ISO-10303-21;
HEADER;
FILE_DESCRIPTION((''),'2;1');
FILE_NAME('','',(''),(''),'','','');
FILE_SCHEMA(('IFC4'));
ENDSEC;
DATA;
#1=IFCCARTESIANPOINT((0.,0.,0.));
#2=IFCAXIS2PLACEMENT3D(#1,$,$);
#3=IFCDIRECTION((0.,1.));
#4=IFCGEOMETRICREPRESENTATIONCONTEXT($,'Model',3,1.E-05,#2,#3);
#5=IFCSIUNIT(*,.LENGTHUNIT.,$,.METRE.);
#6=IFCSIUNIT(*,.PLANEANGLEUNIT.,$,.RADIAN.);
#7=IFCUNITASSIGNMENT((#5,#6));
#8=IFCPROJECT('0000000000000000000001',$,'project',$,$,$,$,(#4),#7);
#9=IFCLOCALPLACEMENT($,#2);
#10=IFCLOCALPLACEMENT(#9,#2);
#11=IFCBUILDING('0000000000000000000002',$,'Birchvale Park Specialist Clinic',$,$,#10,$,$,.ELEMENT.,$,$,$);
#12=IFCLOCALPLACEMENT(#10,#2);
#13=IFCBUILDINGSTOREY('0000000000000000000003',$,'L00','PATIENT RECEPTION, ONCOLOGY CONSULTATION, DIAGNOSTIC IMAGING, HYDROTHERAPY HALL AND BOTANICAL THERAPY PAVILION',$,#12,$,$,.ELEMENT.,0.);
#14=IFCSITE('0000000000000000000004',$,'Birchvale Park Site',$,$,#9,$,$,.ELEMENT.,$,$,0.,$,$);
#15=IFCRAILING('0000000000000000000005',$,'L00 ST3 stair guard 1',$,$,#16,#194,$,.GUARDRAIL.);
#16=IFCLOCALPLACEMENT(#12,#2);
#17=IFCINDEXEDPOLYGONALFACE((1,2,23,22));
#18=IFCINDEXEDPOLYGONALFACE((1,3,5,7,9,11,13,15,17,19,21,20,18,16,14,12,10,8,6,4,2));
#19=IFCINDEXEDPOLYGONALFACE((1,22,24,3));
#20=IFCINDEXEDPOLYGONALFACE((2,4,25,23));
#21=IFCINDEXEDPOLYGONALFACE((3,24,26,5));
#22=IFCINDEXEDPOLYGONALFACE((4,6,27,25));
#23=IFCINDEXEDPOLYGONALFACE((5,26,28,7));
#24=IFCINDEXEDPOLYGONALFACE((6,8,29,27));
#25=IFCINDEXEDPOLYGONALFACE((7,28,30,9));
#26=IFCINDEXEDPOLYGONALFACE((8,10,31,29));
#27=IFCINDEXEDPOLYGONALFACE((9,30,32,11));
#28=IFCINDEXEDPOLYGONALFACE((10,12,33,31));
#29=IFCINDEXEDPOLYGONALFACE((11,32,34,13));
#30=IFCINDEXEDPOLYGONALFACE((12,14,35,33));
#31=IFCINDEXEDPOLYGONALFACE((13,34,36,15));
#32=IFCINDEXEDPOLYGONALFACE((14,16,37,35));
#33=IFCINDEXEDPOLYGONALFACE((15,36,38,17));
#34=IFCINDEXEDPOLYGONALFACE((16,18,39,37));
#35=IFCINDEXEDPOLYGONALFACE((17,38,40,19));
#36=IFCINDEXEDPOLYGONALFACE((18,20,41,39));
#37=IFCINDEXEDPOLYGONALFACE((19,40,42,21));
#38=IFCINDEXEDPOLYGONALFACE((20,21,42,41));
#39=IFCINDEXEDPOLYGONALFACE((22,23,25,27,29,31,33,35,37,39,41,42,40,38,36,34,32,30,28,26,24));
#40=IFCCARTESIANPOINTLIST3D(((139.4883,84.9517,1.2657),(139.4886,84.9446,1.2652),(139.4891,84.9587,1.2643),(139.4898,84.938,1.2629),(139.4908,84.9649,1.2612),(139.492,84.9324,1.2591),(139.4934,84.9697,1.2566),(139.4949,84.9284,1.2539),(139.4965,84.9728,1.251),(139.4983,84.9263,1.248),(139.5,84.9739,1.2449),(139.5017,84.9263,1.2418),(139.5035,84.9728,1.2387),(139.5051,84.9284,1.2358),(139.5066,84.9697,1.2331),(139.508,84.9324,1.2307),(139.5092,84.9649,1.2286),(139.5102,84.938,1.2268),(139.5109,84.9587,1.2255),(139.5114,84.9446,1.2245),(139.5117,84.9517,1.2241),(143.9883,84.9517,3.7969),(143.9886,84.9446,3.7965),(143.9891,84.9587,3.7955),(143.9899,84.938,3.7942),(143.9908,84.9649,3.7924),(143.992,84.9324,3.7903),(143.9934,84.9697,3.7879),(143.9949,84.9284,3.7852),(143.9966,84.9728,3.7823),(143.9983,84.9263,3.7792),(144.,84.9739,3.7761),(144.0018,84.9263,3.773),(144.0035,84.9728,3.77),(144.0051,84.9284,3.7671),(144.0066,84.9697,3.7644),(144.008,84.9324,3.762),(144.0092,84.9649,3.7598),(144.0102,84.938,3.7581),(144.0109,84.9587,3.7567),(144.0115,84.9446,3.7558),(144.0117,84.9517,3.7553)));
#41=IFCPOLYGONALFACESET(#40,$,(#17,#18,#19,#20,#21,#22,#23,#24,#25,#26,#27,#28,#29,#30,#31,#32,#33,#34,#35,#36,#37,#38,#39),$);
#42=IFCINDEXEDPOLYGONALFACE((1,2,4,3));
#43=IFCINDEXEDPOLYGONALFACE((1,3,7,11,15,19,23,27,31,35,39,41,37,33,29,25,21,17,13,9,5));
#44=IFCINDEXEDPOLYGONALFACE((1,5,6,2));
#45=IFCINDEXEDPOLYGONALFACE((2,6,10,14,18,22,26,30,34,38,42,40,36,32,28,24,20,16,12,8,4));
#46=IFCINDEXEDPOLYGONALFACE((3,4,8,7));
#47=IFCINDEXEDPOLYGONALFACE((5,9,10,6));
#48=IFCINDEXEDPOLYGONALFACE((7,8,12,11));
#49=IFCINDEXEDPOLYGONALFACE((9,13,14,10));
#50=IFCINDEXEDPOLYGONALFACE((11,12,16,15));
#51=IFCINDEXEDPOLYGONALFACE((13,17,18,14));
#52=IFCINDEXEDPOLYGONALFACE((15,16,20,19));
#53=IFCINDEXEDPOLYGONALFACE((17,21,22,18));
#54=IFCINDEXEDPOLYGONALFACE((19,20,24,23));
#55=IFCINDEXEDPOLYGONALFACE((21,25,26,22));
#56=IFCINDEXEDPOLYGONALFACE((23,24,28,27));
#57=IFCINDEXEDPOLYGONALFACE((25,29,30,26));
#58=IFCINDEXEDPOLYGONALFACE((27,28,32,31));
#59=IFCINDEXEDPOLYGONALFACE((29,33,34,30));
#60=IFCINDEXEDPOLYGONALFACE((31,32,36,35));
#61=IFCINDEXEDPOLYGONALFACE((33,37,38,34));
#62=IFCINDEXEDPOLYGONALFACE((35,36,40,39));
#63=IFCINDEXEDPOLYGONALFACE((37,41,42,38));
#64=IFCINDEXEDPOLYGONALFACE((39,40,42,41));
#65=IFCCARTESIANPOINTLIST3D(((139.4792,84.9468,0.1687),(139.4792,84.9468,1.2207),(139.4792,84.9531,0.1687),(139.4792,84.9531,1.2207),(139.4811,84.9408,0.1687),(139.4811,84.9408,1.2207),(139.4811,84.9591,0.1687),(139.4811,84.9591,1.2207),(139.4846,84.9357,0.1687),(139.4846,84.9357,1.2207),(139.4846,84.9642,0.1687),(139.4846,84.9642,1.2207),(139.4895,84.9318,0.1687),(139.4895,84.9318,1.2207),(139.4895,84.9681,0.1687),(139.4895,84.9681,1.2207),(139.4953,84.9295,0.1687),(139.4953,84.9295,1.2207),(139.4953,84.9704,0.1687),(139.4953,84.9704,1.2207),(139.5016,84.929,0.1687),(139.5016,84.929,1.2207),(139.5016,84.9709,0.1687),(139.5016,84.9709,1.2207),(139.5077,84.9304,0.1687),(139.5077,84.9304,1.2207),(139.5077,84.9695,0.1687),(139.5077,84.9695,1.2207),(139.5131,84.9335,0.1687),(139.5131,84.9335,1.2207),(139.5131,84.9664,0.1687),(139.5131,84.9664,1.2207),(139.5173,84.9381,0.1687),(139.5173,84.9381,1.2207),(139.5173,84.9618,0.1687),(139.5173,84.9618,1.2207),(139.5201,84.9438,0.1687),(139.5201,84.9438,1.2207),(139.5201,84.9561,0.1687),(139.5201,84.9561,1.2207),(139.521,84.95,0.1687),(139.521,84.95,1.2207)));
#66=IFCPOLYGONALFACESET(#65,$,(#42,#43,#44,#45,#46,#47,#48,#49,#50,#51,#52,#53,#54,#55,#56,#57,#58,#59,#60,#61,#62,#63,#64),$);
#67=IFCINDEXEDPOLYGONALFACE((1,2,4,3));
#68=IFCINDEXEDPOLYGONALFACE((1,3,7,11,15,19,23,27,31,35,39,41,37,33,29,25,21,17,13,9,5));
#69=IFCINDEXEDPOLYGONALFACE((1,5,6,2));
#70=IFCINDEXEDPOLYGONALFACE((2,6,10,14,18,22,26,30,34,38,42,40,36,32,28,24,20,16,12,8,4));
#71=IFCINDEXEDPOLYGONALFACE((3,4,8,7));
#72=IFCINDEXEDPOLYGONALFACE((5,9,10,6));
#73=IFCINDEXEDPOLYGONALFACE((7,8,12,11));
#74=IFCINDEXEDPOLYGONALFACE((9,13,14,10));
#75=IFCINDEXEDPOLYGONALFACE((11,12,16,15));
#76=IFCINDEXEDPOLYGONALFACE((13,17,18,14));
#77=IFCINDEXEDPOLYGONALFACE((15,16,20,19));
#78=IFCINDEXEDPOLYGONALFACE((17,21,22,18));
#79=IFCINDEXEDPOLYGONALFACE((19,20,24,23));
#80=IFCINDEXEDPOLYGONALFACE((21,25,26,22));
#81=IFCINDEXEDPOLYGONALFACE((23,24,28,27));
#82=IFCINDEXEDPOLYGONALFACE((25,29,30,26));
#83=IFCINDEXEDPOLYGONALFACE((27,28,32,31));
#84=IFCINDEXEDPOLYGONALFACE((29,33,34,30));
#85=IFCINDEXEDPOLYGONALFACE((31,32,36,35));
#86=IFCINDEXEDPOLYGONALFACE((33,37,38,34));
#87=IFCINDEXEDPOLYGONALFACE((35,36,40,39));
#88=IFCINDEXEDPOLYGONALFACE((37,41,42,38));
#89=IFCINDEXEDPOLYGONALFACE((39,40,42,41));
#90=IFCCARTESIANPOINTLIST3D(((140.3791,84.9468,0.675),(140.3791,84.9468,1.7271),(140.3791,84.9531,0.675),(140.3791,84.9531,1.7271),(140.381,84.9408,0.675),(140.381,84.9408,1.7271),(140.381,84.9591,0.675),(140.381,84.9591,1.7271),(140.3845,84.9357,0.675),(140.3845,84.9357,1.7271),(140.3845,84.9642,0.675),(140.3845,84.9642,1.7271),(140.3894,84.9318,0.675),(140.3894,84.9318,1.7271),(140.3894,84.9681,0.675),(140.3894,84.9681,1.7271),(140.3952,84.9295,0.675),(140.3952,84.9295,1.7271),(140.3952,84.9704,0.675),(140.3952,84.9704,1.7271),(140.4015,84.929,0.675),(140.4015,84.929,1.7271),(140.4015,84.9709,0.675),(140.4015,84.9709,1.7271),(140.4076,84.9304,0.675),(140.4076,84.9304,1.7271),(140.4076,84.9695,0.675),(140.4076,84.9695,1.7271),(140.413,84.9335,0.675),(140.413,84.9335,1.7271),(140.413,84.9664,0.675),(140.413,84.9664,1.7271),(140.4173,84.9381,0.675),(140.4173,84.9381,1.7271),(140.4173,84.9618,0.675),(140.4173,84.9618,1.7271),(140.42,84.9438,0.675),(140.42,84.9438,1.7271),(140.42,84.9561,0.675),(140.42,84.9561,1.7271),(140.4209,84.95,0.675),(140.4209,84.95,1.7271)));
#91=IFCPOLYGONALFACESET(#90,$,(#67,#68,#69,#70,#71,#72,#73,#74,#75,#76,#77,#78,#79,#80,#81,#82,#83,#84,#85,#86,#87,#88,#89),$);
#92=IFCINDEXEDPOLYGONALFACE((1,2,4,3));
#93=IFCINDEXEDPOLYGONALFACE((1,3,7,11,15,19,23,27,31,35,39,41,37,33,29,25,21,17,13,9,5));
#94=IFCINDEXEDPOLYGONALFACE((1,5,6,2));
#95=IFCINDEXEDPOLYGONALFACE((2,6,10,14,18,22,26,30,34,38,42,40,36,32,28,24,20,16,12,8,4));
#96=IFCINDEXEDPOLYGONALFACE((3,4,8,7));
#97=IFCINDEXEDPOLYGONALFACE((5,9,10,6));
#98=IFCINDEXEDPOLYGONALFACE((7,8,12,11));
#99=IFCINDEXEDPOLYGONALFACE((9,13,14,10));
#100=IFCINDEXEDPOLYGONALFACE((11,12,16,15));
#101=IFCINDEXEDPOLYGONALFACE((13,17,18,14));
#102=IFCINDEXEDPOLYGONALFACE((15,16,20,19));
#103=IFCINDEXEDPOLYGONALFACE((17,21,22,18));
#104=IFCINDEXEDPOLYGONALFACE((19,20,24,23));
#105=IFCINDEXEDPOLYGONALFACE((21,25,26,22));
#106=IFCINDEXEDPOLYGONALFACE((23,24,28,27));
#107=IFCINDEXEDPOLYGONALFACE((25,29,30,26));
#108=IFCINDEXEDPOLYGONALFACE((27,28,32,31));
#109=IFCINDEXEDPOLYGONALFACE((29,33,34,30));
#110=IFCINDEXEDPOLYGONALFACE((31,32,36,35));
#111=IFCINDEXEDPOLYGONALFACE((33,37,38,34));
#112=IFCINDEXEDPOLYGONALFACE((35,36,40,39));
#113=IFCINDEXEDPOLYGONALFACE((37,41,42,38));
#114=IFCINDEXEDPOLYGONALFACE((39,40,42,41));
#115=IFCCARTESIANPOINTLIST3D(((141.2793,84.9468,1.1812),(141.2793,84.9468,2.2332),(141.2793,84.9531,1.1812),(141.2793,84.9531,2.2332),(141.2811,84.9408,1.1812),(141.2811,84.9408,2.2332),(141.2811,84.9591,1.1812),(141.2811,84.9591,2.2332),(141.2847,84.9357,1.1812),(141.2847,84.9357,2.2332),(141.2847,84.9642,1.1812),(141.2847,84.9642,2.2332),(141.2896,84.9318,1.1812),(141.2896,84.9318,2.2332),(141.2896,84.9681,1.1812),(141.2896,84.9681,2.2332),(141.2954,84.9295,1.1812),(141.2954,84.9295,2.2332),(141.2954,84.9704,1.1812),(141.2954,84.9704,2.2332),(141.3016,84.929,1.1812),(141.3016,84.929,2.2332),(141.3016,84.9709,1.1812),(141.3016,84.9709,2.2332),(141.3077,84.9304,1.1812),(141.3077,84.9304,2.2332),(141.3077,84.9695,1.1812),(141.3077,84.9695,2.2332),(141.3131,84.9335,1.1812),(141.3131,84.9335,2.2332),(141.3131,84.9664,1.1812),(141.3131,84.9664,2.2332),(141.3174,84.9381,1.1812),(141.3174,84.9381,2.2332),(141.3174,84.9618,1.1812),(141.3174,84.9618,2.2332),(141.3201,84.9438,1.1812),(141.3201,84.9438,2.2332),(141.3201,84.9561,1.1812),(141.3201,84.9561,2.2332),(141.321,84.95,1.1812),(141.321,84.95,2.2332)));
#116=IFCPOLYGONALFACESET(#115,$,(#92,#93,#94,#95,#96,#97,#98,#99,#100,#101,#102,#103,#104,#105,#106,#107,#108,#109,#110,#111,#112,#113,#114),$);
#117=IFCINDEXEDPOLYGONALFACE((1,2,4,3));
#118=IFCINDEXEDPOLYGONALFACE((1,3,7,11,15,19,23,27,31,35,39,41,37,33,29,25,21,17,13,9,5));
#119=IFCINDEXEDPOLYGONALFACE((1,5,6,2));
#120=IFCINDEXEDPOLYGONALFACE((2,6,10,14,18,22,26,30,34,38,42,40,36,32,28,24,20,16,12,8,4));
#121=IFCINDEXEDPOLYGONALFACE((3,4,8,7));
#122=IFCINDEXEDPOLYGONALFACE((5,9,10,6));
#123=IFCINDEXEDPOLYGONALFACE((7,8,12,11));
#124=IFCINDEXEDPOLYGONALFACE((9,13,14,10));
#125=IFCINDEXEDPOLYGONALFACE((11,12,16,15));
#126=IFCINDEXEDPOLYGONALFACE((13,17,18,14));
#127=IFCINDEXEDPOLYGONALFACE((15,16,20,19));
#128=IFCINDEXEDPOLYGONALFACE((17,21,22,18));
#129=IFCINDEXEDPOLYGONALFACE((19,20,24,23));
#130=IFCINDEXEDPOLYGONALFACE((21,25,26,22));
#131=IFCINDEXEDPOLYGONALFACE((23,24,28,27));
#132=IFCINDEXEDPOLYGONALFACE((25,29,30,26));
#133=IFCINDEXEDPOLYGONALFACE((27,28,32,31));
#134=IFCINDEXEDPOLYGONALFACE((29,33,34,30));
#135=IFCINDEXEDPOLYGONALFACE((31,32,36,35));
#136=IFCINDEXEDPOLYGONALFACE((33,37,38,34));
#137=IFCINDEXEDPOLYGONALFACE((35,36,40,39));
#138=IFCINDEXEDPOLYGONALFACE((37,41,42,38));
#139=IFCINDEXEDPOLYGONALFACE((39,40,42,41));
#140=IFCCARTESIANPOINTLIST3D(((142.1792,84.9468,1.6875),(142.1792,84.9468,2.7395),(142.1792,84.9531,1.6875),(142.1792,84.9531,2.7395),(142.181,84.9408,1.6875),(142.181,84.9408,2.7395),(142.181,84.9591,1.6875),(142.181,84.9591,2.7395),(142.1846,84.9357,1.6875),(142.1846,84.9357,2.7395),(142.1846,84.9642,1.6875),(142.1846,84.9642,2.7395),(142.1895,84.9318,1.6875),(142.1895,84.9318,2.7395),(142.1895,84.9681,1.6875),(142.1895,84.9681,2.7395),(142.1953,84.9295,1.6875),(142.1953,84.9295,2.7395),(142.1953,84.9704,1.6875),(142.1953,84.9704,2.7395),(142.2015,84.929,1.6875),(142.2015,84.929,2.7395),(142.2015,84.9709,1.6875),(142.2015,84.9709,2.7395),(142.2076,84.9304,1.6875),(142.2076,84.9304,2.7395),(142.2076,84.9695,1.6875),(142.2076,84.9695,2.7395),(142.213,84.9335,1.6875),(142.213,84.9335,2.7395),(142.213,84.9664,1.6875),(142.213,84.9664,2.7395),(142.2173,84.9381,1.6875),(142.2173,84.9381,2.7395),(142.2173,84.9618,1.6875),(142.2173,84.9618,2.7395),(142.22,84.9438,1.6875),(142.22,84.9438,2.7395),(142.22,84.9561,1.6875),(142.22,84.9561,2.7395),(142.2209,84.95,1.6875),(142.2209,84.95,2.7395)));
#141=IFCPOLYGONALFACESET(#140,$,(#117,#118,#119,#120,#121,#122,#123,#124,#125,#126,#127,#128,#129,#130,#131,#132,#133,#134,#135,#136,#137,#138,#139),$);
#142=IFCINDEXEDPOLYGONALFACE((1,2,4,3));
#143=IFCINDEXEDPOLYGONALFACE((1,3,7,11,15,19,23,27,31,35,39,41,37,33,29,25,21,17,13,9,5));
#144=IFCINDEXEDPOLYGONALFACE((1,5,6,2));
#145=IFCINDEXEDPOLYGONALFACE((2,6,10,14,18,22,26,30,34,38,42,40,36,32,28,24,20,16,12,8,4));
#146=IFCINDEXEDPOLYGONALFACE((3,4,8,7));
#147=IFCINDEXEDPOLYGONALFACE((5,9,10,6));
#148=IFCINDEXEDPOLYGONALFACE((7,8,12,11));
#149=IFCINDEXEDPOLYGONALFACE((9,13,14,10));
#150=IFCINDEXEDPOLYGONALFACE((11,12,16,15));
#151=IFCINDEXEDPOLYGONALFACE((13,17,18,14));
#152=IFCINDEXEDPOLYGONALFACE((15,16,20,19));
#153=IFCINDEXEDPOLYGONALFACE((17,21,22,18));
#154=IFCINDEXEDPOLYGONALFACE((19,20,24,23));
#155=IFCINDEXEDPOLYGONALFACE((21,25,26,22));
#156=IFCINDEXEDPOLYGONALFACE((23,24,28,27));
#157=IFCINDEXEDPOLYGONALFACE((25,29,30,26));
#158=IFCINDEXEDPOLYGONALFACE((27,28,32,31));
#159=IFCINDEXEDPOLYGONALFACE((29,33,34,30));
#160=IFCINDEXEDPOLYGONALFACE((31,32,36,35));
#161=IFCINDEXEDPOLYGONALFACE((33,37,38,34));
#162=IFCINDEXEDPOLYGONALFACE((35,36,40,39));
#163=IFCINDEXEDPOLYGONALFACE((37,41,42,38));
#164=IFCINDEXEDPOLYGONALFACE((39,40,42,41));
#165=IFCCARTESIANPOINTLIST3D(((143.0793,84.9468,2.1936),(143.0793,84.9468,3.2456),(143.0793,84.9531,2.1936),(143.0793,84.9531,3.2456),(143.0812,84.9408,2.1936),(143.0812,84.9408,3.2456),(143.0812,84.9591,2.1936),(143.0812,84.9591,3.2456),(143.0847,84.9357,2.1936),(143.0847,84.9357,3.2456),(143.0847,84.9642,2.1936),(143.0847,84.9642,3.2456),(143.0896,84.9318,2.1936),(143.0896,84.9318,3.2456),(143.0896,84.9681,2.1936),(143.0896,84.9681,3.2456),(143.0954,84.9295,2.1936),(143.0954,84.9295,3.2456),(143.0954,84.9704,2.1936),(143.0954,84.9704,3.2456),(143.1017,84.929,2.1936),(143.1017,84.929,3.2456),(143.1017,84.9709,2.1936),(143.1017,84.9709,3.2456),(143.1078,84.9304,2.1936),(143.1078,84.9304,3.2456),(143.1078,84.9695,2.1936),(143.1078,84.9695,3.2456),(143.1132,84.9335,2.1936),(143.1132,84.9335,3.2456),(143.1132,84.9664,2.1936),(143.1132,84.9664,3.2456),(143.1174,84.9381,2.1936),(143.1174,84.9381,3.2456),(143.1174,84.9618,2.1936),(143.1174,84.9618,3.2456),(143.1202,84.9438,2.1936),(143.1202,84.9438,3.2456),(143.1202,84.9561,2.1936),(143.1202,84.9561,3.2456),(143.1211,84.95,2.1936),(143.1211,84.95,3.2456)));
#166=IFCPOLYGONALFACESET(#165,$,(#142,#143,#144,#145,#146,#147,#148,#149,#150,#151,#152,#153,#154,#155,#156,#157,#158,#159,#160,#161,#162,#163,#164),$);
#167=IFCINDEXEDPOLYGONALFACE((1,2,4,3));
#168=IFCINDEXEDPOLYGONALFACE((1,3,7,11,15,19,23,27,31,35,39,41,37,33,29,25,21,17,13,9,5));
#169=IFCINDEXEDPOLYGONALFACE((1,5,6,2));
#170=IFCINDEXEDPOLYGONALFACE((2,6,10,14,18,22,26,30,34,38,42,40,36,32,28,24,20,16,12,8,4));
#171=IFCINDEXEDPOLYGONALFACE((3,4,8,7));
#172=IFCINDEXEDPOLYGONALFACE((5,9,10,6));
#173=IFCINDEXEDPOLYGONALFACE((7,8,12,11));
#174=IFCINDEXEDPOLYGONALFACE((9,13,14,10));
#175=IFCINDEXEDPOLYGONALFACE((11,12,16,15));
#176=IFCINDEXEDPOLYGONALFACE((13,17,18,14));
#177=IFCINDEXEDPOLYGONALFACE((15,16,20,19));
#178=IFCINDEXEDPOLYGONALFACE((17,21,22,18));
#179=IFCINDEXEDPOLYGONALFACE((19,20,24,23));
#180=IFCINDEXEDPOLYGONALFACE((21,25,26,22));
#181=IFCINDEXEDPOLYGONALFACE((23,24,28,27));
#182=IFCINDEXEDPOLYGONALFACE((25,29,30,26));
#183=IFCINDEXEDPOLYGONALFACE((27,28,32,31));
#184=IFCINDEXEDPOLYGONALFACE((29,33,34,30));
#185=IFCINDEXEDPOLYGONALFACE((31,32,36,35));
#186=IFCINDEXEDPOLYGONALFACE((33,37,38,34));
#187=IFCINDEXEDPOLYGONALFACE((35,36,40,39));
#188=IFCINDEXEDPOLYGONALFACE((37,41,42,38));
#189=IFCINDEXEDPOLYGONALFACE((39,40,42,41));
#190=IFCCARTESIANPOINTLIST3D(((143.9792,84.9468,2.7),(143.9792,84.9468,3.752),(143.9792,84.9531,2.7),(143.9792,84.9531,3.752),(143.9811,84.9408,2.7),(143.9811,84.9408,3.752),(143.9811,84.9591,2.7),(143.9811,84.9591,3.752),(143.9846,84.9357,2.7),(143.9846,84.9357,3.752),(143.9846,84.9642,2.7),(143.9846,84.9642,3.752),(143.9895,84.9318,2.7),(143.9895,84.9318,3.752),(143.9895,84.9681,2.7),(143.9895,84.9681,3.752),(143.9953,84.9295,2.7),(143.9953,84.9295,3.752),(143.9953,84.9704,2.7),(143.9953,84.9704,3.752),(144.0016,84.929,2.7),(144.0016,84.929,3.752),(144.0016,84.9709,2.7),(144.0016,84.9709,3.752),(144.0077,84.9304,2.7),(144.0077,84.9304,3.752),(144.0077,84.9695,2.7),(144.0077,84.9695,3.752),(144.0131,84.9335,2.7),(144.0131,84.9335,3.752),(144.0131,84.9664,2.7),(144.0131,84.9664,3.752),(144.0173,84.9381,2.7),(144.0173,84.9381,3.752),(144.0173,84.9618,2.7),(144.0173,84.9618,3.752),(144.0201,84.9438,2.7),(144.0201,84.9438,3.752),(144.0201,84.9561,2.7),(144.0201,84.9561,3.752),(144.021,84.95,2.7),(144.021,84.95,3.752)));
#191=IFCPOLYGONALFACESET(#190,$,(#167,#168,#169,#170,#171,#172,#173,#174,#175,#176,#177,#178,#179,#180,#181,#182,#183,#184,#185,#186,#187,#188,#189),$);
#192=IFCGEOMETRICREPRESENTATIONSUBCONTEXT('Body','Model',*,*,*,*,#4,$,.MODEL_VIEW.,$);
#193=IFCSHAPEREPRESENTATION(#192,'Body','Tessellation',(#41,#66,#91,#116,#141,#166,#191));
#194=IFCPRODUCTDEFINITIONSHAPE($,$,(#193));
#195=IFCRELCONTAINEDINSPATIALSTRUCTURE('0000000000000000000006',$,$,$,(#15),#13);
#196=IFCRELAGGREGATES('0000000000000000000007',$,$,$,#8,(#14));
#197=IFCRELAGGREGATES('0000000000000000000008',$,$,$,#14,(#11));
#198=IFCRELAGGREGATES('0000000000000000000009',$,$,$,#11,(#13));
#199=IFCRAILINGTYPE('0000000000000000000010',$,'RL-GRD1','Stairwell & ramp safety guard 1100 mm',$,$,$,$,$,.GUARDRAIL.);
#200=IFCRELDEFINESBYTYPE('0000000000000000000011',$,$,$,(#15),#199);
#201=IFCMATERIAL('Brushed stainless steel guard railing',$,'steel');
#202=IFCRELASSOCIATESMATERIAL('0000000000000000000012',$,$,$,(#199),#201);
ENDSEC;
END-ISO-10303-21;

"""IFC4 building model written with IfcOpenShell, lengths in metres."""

from ifc_helpers import new_model, si_unit, direction, frame, origin, origin_2d, place, context, subcontext, project, spatial, circle, extrude, material, type_object, element, save


model = new_model("IFC4")

# Units and contexts
model_context = context("Model", 3, precision=1e-05, world=origin(), true_north=direction((0.0, 1.0)))
body_context = subcontext(model_context, "Body", "Model", "MODEL_VIEW")
ifc_project = project(units=[si_unit("LENGTHUNIT", "METRE"), si_unit("PLANEANGLEUNIT", "RADIAN")], contexts=[model_context])

# Site, building, storey
site_placement = place(None, origin())
site = spatial("IfcSite", under=ifc_project, at=site_placement, Name="Birchvale Park Site", CompositionType="ELEMENT", RefElevation=0.0)
building_placement = place(site_placement, origin())
building = spatial("IfcBuilding", under=site, at=building_placement, Name="Birchvale Park Specialist Clinic", CompositionType="ELEMENT")
storey_placement = place(building_placement, origin())
storey = spatial("IfcBuildingStorey", under=building, at=storey_placement, Name="L00", Description="PATIENT RECEPTION, ONCOLOGY CONSULTATION, DIAGNOSTIC IMAGING, HYDROTHERAPY HALL AND BOTANICAL THERAPY PAVILION", CompositionType="ELEMENT", Elevation=0.0)

# Railing
ifc_material_1 = material(Name="Brushed stainless steel guard railing", Category="steel")
railing_type_1 = type_object("IfcRailingType", Name="RL-GRD1", Description="Stairwell & ramp safety guard 1100 mm", PredefinedType="GUARDRAIL", material=ifc_material_1)
railing_1_placement = place(storey_placement, frame((139.5, 84.95, 0.1687)))
element("IfcRailing", 1, at=railing_1_placement, inside=storey, type_object=railing_type_1, Name="L00 ST3 stair guard 1", PredefinedType="GUARDRAIL", context=body_context, shape_type="SweptSolid", body=[
    extrude(circle(Radius=0.0239, at=origin_2d()), frame((0.0, 0.0, 1.0762), z_axis=(0.871576, 0.0, 0.490261), x_axis=(0.0, 1.0, 0.0)), (0.0, 0.0, 1.0), 5.1631),
    extrude(circle(Radius=0.021, at=origin_2d()), origin(), (0.0, 0.0, 1.0), 1.052),
    extrude(circle(Radius=0.021, at=origin_2d()), frame((0.8999, 0.0, 0.5063)), (0.0, 0.0, 1.0), 1.052),
    extrude(circle(Radius=0.021, at=origin_2d()), frame((1.8, 0.0, 1.0125)), (0.0, 0.0, 1.0), 1.052),
    extrude(circle(Radius=0.021, at=origin_2d()), frame((2.7, 0.0, 1.5188)), (0.0, 0.0, 1.0), 1.052),
    extrude(circle(Radius=0.021, at=origin_2d()), frame((3.6001, 0.0, 2.0249)), (0.0, 0.0, 1.0), 1.052),
    extrude(circle(Radius=0.021, at=origin_2d()), frame((4.5, 0.0, 2.5312)), (0.0, 0.0, 1.0), 1.052),
])

save(model, "model.ifc")
